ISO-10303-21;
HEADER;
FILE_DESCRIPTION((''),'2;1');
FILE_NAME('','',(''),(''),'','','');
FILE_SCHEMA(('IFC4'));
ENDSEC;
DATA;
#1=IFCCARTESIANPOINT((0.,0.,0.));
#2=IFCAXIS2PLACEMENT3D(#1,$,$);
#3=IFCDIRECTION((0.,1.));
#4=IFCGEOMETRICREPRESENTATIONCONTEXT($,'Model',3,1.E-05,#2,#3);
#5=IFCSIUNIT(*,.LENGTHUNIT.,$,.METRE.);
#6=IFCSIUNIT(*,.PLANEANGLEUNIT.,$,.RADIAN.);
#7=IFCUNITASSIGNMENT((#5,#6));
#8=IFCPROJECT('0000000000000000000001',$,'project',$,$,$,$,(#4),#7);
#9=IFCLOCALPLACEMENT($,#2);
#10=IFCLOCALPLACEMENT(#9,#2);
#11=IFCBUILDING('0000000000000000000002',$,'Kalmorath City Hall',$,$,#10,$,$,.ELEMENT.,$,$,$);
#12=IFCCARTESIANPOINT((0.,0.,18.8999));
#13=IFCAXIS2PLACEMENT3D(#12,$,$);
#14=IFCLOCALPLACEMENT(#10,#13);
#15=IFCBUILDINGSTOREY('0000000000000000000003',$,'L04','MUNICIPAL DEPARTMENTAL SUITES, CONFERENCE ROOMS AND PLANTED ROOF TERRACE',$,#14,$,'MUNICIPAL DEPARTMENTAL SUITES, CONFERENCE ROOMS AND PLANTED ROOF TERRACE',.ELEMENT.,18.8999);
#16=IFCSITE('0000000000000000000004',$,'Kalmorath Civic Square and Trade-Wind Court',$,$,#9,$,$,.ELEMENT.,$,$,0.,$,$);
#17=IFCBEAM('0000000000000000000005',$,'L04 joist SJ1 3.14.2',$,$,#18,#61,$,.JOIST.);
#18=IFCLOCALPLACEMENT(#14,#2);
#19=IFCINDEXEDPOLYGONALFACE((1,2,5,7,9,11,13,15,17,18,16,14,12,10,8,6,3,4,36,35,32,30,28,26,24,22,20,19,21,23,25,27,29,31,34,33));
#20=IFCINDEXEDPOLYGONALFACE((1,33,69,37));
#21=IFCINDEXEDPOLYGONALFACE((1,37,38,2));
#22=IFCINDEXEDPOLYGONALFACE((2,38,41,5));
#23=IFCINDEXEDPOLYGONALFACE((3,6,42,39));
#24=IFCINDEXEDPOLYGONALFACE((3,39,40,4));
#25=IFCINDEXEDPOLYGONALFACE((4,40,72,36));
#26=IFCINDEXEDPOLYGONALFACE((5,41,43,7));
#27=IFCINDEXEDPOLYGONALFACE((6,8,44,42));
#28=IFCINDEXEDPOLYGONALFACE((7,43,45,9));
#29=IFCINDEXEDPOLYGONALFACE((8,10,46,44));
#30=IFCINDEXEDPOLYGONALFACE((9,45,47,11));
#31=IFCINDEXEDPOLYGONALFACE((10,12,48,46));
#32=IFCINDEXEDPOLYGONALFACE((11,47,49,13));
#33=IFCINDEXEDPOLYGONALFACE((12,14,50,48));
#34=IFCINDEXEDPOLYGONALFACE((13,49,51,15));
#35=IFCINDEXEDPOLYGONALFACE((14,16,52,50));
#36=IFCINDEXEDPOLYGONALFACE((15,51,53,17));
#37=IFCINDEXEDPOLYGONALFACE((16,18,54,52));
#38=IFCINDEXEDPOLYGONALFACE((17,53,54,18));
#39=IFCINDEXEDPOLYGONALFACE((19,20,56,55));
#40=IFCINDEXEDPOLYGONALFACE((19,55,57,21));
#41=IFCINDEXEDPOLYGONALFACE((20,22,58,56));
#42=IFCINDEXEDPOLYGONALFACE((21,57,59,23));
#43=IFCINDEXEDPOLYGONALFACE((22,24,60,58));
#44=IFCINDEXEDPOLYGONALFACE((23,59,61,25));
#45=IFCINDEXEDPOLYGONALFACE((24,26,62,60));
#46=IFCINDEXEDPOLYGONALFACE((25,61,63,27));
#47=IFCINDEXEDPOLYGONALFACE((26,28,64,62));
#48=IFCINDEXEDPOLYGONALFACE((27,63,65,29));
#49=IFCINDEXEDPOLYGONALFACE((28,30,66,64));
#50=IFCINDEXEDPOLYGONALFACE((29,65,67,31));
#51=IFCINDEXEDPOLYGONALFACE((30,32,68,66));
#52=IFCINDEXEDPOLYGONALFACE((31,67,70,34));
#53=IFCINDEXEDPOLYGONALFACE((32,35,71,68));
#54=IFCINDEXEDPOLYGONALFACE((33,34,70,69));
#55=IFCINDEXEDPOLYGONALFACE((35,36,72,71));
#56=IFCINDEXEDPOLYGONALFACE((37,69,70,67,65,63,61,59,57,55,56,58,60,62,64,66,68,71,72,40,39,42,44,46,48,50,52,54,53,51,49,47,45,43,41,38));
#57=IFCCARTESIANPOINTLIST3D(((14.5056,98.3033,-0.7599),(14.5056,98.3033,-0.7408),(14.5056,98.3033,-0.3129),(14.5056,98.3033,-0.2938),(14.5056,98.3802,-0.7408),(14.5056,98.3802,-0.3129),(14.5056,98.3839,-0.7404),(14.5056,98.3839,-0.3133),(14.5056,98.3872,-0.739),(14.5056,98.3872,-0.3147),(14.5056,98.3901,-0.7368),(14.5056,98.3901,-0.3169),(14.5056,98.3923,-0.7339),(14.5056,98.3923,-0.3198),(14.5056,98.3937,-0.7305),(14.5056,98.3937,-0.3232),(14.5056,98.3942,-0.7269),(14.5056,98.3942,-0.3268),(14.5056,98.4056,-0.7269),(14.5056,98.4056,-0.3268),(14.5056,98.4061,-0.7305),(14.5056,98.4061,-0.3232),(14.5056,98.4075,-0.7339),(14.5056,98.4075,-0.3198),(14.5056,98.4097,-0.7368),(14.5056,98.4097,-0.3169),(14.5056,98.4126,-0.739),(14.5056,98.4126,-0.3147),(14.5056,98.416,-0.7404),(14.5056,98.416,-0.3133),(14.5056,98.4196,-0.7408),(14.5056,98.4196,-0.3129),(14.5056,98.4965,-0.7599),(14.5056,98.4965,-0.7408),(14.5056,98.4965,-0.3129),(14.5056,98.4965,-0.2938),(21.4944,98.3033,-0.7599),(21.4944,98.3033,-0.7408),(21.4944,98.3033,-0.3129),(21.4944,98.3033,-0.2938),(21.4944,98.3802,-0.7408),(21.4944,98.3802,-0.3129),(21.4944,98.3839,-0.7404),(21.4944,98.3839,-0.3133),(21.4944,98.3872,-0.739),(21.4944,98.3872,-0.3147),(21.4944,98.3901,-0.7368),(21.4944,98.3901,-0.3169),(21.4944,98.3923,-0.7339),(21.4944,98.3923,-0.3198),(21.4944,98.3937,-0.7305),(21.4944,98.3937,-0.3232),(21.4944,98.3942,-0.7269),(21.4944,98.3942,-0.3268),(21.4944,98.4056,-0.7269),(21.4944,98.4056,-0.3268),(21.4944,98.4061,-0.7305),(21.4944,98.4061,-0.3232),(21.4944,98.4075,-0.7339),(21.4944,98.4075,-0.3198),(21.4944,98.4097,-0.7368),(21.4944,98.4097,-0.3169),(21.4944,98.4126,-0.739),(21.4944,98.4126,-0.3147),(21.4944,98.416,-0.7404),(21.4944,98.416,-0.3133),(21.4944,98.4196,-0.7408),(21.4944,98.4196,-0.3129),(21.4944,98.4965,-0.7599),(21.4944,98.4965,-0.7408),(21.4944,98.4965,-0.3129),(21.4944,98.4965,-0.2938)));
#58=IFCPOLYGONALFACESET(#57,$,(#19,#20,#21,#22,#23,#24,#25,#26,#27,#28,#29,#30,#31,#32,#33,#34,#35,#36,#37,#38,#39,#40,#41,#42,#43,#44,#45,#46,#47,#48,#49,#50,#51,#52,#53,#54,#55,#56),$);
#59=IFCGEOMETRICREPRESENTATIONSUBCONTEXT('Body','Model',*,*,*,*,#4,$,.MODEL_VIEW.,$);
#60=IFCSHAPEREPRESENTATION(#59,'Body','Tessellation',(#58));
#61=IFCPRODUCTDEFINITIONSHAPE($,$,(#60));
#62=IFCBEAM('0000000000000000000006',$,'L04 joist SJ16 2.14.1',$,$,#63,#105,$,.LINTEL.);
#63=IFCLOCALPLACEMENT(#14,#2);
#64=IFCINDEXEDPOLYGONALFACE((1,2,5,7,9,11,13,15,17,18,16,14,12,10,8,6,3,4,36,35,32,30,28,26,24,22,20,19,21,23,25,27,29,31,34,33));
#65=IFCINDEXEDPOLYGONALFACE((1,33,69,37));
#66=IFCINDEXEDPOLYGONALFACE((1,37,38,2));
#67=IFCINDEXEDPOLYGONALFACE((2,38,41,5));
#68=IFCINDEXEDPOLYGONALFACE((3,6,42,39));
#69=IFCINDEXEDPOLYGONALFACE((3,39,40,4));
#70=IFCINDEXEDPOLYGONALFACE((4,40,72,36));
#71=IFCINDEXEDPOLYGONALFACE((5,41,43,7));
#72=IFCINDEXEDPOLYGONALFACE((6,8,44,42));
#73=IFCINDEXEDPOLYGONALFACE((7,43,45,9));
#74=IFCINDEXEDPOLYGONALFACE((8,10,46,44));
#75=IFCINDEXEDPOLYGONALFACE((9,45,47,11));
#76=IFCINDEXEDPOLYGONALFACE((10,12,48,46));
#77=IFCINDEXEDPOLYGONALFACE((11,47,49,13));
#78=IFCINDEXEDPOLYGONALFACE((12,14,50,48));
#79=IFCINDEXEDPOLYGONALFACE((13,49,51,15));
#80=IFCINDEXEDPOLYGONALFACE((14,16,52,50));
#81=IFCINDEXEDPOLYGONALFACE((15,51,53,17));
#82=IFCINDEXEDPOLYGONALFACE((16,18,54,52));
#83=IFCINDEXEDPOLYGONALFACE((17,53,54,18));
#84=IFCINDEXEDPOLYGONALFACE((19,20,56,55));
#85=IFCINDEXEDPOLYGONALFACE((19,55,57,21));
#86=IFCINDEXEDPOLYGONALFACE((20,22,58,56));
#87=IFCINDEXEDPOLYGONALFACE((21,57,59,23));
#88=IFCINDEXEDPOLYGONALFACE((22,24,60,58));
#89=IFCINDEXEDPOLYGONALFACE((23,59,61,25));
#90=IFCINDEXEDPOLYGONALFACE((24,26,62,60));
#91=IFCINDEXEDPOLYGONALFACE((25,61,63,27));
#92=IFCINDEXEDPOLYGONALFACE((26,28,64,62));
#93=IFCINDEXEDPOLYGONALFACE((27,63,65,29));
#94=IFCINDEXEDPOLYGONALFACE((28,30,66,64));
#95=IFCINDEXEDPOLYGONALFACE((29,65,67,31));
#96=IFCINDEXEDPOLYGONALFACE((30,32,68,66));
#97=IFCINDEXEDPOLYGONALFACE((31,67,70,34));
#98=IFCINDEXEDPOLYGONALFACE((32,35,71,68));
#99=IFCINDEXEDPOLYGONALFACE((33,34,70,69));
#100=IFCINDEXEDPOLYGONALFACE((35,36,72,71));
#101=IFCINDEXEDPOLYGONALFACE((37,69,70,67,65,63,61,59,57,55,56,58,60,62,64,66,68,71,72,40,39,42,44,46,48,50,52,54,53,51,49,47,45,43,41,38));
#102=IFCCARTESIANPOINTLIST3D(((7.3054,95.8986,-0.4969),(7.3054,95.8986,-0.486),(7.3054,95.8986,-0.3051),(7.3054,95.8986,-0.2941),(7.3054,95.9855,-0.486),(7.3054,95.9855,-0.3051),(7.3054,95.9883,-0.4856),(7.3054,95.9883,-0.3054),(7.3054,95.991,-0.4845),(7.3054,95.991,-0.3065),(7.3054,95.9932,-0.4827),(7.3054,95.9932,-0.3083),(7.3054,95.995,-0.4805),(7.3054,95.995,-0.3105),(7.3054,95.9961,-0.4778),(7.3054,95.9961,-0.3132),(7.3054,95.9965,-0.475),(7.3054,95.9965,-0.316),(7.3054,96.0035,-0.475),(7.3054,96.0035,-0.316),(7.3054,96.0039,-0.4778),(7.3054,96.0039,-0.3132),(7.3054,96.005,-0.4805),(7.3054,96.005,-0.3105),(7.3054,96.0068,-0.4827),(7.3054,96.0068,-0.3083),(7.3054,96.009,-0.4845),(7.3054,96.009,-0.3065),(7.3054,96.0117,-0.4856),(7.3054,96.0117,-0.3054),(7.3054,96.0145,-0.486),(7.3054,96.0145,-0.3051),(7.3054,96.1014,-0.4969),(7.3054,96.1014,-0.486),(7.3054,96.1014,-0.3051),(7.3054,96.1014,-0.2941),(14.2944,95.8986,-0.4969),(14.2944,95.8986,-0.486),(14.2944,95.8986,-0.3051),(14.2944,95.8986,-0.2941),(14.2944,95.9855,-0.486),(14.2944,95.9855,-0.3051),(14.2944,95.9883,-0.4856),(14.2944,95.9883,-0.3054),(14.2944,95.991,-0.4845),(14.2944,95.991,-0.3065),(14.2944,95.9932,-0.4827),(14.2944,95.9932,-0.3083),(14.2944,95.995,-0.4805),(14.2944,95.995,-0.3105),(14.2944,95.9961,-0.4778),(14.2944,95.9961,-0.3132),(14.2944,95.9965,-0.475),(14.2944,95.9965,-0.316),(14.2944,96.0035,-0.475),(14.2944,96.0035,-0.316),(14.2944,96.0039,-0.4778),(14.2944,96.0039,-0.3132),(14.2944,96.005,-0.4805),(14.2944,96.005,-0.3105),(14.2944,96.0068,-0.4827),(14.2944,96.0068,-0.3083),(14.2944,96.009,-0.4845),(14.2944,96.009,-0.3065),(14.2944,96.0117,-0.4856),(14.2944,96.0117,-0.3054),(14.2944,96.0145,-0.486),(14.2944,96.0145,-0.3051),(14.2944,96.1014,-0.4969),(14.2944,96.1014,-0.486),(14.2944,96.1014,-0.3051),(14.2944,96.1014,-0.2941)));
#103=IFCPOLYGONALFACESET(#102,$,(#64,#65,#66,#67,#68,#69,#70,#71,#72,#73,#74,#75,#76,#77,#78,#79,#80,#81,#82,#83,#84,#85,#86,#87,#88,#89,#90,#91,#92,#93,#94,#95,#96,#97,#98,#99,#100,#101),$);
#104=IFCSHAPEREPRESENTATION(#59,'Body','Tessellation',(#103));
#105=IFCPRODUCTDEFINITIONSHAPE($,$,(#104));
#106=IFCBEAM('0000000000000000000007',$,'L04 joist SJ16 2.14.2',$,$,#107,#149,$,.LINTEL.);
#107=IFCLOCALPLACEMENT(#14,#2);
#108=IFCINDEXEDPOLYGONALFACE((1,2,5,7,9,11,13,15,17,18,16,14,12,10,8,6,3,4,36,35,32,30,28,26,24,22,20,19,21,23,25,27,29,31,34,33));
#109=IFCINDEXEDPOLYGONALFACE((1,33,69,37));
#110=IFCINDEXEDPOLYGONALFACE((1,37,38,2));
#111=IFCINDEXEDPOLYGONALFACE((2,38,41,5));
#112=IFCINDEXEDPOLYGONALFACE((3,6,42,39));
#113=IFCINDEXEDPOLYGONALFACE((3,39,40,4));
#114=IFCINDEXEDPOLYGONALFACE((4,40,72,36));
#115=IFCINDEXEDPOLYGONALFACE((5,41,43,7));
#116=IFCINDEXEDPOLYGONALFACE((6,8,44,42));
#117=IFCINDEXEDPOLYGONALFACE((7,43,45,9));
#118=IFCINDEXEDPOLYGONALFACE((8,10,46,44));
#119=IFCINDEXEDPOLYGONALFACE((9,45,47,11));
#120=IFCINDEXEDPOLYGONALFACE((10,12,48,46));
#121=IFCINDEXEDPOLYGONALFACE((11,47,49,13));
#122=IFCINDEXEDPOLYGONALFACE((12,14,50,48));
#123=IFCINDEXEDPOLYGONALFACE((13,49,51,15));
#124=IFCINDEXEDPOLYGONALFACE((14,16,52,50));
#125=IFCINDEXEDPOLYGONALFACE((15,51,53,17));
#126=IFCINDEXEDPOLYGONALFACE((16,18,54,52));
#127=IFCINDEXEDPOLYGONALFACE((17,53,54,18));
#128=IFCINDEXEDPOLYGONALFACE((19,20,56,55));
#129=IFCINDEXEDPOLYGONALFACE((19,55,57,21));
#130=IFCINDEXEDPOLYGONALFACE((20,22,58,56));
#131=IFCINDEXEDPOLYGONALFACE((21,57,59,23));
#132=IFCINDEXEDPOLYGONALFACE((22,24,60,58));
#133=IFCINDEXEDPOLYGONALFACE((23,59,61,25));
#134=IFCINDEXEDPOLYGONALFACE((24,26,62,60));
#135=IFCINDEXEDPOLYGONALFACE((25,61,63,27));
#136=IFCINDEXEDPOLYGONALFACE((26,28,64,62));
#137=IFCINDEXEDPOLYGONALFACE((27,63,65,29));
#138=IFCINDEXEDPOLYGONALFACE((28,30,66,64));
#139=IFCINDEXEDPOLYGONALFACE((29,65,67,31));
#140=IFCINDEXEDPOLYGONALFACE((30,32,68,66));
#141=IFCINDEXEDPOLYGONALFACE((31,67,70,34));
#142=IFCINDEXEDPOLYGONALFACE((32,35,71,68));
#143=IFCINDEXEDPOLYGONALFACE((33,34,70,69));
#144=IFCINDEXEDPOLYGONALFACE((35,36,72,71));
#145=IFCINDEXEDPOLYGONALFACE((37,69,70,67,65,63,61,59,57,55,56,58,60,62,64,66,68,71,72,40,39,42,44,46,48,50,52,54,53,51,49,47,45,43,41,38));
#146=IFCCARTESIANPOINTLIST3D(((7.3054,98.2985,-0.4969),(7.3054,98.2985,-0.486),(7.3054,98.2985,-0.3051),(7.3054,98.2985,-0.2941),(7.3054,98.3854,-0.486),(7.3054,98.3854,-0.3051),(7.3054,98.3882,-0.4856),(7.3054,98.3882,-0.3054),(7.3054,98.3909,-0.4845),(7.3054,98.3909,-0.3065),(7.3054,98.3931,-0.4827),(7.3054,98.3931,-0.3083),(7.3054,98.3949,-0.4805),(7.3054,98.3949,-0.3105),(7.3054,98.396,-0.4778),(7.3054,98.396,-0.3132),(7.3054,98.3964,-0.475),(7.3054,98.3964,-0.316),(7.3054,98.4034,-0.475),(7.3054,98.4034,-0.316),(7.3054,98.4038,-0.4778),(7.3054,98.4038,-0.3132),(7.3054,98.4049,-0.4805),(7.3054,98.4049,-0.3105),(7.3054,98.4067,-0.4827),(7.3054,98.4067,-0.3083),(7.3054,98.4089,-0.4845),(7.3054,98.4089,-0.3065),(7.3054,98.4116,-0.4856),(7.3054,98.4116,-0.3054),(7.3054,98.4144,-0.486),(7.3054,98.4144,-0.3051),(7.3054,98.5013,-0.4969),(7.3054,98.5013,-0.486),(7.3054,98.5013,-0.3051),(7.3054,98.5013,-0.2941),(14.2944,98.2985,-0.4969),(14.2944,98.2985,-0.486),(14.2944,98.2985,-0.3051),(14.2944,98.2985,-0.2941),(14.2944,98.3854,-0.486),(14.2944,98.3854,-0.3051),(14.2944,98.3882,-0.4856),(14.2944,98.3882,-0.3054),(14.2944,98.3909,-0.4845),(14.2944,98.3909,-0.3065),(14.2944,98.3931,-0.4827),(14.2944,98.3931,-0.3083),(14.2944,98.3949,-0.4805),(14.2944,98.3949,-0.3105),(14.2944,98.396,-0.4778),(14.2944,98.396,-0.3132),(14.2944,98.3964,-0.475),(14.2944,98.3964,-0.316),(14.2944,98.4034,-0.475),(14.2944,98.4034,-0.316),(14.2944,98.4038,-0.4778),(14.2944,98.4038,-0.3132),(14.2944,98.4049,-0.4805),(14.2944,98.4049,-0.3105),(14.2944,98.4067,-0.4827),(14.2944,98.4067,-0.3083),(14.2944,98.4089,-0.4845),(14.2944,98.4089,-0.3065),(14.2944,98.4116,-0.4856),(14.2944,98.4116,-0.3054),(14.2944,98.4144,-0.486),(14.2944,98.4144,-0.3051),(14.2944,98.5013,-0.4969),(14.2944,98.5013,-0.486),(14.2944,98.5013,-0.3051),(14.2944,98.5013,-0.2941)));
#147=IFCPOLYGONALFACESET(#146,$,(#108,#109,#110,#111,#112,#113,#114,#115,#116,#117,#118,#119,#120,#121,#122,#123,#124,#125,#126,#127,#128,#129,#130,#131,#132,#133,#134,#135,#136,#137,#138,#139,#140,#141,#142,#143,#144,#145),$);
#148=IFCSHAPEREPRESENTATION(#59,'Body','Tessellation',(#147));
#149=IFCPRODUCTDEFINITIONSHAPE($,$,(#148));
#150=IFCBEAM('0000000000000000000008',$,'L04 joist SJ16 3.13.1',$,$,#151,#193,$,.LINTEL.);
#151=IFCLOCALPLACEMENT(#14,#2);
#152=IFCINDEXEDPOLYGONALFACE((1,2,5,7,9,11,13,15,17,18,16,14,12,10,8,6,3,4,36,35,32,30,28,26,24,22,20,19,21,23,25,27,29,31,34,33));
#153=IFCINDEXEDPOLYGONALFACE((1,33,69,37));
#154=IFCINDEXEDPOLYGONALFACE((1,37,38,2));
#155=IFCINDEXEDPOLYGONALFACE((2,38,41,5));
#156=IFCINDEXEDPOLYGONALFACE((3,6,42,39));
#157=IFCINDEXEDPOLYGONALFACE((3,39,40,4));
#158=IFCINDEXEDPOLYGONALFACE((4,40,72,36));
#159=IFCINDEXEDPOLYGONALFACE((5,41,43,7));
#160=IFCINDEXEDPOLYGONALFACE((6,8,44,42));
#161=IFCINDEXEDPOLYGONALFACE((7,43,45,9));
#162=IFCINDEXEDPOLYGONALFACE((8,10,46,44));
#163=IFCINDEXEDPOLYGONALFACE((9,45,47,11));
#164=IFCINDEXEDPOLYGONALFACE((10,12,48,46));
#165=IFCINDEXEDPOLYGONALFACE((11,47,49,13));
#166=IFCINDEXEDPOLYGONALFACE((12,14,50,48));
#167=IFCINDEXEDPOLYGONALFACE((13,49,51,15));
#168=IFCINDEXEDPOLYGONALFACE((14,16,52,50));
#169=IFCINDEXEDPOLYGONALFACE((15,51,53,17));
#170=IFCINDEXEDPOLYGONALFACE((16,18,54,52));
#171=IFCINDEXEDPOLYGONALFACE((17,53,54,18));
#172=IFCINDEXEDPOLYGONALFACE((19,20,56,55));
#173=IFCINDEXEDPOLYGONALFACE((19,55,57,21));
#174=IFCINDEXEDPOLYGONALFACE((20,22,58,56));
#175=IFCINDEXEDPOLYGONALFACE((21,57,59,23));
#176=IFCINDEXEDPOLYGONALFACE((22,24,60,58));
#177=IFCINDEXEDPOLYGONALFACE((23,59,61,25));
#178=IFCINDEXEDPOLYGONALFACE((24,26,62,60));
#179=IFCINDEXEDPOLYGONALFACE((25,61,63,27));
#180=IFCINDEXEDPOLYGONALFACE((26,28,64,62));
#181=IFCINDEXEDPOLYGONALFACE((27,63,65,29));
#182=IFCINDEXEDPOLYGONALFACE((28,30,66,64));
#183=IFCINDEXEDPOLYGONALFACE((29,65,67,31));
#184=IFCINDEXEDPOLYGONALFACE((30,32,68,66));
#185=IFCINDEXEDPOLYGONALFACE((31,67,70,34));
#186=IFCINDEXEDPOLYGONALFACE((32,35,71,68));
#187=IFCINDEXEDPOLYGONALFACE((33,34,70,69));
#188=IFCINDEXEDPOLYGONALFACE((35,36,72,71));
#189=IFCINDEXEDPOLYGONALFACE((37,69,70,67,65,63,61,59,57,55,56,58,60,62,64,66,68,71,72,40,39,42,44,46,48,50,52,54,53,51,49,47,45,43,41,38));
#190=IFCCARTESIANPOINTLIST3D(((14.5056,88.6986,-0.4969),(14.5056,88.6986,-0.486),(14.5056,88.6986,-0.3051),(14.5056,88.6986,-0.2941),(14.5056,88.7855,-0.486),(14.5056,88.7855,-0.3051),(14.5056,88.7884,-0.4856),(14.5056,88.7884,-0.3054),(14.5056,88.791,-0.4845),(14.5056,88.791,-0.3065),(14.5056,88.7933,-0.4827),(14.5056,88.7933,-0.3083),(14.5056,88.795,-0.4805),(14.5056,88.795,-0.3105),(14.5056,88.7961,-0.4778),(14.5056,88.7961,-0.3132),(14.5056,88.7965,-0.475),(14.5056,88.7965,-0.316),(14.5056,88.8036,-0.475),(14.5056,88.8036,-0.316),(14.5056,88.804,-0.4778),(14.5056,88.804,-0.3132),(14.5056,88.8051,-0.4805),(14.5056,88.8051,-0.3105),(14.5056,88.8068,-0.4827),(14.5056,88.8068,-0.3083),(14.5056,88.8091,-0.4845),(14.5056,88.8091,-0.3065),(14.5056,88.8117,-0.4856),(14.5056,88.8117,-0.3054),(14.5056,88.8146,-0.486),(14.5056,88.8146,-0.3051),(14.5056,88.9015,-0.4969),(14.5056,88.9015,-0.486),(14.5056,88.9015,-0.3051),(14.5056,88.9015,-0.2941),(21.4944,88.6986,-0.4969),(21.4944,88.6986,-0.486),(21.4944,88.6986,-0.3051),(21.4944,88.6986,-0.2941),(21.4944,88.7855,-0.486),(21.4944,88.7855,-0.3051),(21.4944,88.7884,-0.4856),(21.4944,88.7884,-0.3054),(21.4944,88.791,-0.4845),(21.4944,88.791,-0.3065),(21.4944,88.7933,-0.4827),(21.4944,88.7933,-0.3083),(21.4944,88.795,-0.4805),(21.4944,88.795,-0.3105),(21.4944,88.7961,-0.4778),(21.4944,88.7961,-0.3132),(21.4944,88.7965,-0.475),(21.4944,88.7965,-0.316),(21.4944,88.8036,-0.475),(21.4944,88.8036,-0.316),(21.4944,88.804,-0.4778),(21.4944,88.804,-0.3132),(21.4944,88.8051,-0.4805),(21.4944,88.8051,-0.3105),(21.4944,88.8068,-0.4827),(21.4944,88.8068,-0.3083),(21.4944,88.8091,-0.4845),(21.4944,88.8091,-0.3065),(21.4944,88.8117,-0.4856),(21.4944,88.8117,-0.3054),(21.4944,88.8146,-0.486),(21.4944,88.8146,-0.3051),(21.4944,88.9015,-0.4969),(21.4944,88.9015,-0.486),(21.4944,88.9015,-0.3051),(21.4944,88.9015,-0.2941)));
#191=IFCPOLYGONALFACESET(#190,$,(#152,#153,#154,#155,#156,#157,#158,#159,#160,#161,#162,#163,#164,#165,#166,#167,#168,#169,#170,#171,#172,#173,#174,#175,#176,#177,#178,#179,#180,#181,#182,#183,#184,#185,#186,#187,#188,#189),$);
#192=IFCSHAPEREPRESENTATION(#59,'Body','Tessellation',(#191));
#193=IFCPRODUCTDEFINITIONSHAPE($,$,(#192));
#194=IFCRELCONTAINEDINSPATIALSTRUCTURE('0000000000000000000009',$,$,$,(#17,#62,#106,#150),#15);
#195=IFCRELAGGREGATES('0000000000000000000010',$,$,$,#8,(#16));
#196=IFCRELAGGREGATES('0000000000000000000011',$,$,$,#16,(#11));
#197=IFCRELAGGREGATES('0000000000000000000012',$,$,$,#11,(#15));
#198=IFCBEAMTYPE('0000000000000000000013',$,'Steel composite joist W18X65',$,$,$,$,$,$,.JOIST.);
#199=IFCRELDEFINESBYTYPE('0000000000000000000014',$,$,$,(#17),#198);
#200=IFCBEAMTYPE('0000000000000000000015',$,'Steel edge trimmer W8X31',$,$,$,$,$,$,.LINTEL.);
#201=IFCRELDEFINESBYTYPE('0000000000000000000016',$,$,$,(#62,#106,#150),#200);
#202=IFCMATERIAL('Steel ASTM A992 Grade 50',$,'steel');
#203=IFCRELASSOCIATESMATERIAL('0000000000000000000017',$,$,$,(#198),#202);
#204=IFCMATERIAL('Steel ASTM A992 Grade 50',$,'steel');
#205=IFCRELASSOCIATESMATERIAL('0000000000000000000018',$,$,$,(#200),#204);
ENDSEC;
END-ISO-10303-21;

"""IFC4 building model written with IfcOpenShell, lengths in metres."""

from ifc_helpers import new_model, si_unit, direction, frame, origin, origin_2d, place, context, subcontext, project, spatial, i_section, extrude, material, material_profile, profile_set, type_object, element, save


model = new_model("IFC4")

# Units and contexts
model_context = context("Model", 3, precision=1e-05, world=origin(), true_north=direction((0.0, 1.0)))
body_context = subcontext(model_context, "Body", "Model", "MODEL_VIEW")
ifc_project = project(units=[si_unit("LENGTHUNIT", "METRE"), si_unit("PLANEANGLEUNIT", "RADIAN")], contexts=[model_context])

# Site, building, storey
site_placement = place(None, origin())
site = spatial("IfcSite", under=ifc_project, at=site_placement, Name="Kalmorath Civic Square and Trade-Wind Court", CompositionType="ELEMENT", RefElevation=0.0)
building_placement = place(site_placement, origin())
building = spatial("IfcBuilding", under=site, at=building_placement, Name="Kalmorath City Hall", CompositionType="ELEMENT")
storey_placement = place(building_placement, frame((0.0, 0.0, 18.8999)))
storey = spatial("IfcBuildingStorey", under=building, at=storey_placement, Name="L04", Description="MUNICIPAL DEPARTMENTAL SUITES, CONFERENCE ROOMS AND PLANTED ROOF TERRACE", LongName="MUNICIPAL DEPARTMENTAL SUITES, CONFERENCE ROOMS AND PLANTED ROOF TERRACE", CompositionType="ELEMENT", Elevation=18.8999)

# Beams
ifc_material_1 = material(Name="Steel ASTM A992 Grade 50", Category="steel")
ifc_material_profile_1 = material_profile(ifc_material_1, i_section(OverallWidth=0.1931, OverallDepth=0.4661, WebThickness=0.0115, FlangeThickness=0.019, FilletRadius=0.0139, at=origin_2d()), Name="W18X65")
ifc_profile_set_1 = profile_set([ifc_material_profile_1], Name="Steel ASTM A992 Grade 50")
beam_type_1 = type_object("IfcBeamType", Name="Steel composite joist W18X65", PredefinedType="JOIST", material=ifc_profile_set_1)
for number, where, z_axis, x_axis, name in (
    (1, (14.5056, 98.3999, -0.5269), (1.0, 0.0, 0.0), (0.0, 1.0, 0.0), "L04 joist SJ1 3.14.2"),
):
    element("IfcBeam", number, at=place(storey_placement, frame(where, z_axis=z_axis, x_axis=x_axis)), inside=storey, type_object=beam_type_1, Name=name, PredefinedType="JOIST", context=body_context, shape_type="SweptSolid", body=[
        extrude(i_section(OverallWidth=0.1931, OverallDepth=0.4661, WebThickness=0.0115, FlangeThickness=0.019, FilletRadius=0.0139, at=origin_2d()), origin(), (0.0, 0.0, 1.0), 6.9888),
    ])
ifc_material_2 = material(Name="Steel ASTM A992 Grade 50", Category="steel")
ifc_material_profile_2 = material_profile(ifc_material_2, i_section(OverallWidth=0.2029, OverallDepth=0.2029, WebThickness=0.0071, FlangeThickness=0.011, FilletRadius=0.011, at=origin_2d()), Name="W8X31")
ifc_profile_set_2 = profile_set([ifc_material_profile_2], Name="Steel ASTM A992 Grade 50")
beam_type_2 = type_object("IfcBeamType", Name="Steel edge trimmer W8X31", PredefinedType="LINTEL", material=ifc_profile_set_2)
for number, where, z_axis, x_axis, name in (
    (2, (7.3054, 96.0, -0.3955), (1.0, 0.0, 0.0), (0.0, 1.0, 0.0), "L04 joist SJ16 2.14.1"),
    (3, (7.3054, 98.3999, -0.3955), (1.0, 0.0, 0.0), (0.0, 1.0, 0.0), "L04 joist SJ16 2.14.2"),
):
    element("IfcBeam", number, at=place(storey_placement, frame(where, z_axis=z_axis, x_axis=x_axis)), inside=storey, type_object=beam_type_2, Name=name, PredefinedType="LINTEL", context=body_context, shape_type="SweptSolid", body=[
        extrude(i_section(OverallWidth=0.2029, OverallDepth=0.2029, WebThickness=0.0071, FlangeThickness=0.011, FilletRadius=0.011, at=origin_2d()), origin(), (0.0, 0.0, 1.0), 6.989),
    ])
for number, where, z_axis, x_axis, name in (
    (4, (14.5056, 88.8, -0.3955), (1.0, 0.0, 0.0), (0.0, 1.0, 0.0), "L04 joist SJ16 3.13.1"),
):
    element("IfcBeam", number, at=place(storey_placement, frame(where, z_axis=z_axis, x_axis=x_axis)), inside=storey, type_object=beam_type_2, Name=name, PredefinedType="LINTEL", context=body_context, shape_type="SweptSolid", body=[
        extrude(i_section(OverallWidth=0.2029, OverallDepth=0.2029, WebThickness=0.0071, FlangeThickness=0.011, FilletRadius=0.011, at=origin_2d()), origin(), (0.0, 0.0, 1.0), 6.9888),
    ])

save(model, "model.ifc")
